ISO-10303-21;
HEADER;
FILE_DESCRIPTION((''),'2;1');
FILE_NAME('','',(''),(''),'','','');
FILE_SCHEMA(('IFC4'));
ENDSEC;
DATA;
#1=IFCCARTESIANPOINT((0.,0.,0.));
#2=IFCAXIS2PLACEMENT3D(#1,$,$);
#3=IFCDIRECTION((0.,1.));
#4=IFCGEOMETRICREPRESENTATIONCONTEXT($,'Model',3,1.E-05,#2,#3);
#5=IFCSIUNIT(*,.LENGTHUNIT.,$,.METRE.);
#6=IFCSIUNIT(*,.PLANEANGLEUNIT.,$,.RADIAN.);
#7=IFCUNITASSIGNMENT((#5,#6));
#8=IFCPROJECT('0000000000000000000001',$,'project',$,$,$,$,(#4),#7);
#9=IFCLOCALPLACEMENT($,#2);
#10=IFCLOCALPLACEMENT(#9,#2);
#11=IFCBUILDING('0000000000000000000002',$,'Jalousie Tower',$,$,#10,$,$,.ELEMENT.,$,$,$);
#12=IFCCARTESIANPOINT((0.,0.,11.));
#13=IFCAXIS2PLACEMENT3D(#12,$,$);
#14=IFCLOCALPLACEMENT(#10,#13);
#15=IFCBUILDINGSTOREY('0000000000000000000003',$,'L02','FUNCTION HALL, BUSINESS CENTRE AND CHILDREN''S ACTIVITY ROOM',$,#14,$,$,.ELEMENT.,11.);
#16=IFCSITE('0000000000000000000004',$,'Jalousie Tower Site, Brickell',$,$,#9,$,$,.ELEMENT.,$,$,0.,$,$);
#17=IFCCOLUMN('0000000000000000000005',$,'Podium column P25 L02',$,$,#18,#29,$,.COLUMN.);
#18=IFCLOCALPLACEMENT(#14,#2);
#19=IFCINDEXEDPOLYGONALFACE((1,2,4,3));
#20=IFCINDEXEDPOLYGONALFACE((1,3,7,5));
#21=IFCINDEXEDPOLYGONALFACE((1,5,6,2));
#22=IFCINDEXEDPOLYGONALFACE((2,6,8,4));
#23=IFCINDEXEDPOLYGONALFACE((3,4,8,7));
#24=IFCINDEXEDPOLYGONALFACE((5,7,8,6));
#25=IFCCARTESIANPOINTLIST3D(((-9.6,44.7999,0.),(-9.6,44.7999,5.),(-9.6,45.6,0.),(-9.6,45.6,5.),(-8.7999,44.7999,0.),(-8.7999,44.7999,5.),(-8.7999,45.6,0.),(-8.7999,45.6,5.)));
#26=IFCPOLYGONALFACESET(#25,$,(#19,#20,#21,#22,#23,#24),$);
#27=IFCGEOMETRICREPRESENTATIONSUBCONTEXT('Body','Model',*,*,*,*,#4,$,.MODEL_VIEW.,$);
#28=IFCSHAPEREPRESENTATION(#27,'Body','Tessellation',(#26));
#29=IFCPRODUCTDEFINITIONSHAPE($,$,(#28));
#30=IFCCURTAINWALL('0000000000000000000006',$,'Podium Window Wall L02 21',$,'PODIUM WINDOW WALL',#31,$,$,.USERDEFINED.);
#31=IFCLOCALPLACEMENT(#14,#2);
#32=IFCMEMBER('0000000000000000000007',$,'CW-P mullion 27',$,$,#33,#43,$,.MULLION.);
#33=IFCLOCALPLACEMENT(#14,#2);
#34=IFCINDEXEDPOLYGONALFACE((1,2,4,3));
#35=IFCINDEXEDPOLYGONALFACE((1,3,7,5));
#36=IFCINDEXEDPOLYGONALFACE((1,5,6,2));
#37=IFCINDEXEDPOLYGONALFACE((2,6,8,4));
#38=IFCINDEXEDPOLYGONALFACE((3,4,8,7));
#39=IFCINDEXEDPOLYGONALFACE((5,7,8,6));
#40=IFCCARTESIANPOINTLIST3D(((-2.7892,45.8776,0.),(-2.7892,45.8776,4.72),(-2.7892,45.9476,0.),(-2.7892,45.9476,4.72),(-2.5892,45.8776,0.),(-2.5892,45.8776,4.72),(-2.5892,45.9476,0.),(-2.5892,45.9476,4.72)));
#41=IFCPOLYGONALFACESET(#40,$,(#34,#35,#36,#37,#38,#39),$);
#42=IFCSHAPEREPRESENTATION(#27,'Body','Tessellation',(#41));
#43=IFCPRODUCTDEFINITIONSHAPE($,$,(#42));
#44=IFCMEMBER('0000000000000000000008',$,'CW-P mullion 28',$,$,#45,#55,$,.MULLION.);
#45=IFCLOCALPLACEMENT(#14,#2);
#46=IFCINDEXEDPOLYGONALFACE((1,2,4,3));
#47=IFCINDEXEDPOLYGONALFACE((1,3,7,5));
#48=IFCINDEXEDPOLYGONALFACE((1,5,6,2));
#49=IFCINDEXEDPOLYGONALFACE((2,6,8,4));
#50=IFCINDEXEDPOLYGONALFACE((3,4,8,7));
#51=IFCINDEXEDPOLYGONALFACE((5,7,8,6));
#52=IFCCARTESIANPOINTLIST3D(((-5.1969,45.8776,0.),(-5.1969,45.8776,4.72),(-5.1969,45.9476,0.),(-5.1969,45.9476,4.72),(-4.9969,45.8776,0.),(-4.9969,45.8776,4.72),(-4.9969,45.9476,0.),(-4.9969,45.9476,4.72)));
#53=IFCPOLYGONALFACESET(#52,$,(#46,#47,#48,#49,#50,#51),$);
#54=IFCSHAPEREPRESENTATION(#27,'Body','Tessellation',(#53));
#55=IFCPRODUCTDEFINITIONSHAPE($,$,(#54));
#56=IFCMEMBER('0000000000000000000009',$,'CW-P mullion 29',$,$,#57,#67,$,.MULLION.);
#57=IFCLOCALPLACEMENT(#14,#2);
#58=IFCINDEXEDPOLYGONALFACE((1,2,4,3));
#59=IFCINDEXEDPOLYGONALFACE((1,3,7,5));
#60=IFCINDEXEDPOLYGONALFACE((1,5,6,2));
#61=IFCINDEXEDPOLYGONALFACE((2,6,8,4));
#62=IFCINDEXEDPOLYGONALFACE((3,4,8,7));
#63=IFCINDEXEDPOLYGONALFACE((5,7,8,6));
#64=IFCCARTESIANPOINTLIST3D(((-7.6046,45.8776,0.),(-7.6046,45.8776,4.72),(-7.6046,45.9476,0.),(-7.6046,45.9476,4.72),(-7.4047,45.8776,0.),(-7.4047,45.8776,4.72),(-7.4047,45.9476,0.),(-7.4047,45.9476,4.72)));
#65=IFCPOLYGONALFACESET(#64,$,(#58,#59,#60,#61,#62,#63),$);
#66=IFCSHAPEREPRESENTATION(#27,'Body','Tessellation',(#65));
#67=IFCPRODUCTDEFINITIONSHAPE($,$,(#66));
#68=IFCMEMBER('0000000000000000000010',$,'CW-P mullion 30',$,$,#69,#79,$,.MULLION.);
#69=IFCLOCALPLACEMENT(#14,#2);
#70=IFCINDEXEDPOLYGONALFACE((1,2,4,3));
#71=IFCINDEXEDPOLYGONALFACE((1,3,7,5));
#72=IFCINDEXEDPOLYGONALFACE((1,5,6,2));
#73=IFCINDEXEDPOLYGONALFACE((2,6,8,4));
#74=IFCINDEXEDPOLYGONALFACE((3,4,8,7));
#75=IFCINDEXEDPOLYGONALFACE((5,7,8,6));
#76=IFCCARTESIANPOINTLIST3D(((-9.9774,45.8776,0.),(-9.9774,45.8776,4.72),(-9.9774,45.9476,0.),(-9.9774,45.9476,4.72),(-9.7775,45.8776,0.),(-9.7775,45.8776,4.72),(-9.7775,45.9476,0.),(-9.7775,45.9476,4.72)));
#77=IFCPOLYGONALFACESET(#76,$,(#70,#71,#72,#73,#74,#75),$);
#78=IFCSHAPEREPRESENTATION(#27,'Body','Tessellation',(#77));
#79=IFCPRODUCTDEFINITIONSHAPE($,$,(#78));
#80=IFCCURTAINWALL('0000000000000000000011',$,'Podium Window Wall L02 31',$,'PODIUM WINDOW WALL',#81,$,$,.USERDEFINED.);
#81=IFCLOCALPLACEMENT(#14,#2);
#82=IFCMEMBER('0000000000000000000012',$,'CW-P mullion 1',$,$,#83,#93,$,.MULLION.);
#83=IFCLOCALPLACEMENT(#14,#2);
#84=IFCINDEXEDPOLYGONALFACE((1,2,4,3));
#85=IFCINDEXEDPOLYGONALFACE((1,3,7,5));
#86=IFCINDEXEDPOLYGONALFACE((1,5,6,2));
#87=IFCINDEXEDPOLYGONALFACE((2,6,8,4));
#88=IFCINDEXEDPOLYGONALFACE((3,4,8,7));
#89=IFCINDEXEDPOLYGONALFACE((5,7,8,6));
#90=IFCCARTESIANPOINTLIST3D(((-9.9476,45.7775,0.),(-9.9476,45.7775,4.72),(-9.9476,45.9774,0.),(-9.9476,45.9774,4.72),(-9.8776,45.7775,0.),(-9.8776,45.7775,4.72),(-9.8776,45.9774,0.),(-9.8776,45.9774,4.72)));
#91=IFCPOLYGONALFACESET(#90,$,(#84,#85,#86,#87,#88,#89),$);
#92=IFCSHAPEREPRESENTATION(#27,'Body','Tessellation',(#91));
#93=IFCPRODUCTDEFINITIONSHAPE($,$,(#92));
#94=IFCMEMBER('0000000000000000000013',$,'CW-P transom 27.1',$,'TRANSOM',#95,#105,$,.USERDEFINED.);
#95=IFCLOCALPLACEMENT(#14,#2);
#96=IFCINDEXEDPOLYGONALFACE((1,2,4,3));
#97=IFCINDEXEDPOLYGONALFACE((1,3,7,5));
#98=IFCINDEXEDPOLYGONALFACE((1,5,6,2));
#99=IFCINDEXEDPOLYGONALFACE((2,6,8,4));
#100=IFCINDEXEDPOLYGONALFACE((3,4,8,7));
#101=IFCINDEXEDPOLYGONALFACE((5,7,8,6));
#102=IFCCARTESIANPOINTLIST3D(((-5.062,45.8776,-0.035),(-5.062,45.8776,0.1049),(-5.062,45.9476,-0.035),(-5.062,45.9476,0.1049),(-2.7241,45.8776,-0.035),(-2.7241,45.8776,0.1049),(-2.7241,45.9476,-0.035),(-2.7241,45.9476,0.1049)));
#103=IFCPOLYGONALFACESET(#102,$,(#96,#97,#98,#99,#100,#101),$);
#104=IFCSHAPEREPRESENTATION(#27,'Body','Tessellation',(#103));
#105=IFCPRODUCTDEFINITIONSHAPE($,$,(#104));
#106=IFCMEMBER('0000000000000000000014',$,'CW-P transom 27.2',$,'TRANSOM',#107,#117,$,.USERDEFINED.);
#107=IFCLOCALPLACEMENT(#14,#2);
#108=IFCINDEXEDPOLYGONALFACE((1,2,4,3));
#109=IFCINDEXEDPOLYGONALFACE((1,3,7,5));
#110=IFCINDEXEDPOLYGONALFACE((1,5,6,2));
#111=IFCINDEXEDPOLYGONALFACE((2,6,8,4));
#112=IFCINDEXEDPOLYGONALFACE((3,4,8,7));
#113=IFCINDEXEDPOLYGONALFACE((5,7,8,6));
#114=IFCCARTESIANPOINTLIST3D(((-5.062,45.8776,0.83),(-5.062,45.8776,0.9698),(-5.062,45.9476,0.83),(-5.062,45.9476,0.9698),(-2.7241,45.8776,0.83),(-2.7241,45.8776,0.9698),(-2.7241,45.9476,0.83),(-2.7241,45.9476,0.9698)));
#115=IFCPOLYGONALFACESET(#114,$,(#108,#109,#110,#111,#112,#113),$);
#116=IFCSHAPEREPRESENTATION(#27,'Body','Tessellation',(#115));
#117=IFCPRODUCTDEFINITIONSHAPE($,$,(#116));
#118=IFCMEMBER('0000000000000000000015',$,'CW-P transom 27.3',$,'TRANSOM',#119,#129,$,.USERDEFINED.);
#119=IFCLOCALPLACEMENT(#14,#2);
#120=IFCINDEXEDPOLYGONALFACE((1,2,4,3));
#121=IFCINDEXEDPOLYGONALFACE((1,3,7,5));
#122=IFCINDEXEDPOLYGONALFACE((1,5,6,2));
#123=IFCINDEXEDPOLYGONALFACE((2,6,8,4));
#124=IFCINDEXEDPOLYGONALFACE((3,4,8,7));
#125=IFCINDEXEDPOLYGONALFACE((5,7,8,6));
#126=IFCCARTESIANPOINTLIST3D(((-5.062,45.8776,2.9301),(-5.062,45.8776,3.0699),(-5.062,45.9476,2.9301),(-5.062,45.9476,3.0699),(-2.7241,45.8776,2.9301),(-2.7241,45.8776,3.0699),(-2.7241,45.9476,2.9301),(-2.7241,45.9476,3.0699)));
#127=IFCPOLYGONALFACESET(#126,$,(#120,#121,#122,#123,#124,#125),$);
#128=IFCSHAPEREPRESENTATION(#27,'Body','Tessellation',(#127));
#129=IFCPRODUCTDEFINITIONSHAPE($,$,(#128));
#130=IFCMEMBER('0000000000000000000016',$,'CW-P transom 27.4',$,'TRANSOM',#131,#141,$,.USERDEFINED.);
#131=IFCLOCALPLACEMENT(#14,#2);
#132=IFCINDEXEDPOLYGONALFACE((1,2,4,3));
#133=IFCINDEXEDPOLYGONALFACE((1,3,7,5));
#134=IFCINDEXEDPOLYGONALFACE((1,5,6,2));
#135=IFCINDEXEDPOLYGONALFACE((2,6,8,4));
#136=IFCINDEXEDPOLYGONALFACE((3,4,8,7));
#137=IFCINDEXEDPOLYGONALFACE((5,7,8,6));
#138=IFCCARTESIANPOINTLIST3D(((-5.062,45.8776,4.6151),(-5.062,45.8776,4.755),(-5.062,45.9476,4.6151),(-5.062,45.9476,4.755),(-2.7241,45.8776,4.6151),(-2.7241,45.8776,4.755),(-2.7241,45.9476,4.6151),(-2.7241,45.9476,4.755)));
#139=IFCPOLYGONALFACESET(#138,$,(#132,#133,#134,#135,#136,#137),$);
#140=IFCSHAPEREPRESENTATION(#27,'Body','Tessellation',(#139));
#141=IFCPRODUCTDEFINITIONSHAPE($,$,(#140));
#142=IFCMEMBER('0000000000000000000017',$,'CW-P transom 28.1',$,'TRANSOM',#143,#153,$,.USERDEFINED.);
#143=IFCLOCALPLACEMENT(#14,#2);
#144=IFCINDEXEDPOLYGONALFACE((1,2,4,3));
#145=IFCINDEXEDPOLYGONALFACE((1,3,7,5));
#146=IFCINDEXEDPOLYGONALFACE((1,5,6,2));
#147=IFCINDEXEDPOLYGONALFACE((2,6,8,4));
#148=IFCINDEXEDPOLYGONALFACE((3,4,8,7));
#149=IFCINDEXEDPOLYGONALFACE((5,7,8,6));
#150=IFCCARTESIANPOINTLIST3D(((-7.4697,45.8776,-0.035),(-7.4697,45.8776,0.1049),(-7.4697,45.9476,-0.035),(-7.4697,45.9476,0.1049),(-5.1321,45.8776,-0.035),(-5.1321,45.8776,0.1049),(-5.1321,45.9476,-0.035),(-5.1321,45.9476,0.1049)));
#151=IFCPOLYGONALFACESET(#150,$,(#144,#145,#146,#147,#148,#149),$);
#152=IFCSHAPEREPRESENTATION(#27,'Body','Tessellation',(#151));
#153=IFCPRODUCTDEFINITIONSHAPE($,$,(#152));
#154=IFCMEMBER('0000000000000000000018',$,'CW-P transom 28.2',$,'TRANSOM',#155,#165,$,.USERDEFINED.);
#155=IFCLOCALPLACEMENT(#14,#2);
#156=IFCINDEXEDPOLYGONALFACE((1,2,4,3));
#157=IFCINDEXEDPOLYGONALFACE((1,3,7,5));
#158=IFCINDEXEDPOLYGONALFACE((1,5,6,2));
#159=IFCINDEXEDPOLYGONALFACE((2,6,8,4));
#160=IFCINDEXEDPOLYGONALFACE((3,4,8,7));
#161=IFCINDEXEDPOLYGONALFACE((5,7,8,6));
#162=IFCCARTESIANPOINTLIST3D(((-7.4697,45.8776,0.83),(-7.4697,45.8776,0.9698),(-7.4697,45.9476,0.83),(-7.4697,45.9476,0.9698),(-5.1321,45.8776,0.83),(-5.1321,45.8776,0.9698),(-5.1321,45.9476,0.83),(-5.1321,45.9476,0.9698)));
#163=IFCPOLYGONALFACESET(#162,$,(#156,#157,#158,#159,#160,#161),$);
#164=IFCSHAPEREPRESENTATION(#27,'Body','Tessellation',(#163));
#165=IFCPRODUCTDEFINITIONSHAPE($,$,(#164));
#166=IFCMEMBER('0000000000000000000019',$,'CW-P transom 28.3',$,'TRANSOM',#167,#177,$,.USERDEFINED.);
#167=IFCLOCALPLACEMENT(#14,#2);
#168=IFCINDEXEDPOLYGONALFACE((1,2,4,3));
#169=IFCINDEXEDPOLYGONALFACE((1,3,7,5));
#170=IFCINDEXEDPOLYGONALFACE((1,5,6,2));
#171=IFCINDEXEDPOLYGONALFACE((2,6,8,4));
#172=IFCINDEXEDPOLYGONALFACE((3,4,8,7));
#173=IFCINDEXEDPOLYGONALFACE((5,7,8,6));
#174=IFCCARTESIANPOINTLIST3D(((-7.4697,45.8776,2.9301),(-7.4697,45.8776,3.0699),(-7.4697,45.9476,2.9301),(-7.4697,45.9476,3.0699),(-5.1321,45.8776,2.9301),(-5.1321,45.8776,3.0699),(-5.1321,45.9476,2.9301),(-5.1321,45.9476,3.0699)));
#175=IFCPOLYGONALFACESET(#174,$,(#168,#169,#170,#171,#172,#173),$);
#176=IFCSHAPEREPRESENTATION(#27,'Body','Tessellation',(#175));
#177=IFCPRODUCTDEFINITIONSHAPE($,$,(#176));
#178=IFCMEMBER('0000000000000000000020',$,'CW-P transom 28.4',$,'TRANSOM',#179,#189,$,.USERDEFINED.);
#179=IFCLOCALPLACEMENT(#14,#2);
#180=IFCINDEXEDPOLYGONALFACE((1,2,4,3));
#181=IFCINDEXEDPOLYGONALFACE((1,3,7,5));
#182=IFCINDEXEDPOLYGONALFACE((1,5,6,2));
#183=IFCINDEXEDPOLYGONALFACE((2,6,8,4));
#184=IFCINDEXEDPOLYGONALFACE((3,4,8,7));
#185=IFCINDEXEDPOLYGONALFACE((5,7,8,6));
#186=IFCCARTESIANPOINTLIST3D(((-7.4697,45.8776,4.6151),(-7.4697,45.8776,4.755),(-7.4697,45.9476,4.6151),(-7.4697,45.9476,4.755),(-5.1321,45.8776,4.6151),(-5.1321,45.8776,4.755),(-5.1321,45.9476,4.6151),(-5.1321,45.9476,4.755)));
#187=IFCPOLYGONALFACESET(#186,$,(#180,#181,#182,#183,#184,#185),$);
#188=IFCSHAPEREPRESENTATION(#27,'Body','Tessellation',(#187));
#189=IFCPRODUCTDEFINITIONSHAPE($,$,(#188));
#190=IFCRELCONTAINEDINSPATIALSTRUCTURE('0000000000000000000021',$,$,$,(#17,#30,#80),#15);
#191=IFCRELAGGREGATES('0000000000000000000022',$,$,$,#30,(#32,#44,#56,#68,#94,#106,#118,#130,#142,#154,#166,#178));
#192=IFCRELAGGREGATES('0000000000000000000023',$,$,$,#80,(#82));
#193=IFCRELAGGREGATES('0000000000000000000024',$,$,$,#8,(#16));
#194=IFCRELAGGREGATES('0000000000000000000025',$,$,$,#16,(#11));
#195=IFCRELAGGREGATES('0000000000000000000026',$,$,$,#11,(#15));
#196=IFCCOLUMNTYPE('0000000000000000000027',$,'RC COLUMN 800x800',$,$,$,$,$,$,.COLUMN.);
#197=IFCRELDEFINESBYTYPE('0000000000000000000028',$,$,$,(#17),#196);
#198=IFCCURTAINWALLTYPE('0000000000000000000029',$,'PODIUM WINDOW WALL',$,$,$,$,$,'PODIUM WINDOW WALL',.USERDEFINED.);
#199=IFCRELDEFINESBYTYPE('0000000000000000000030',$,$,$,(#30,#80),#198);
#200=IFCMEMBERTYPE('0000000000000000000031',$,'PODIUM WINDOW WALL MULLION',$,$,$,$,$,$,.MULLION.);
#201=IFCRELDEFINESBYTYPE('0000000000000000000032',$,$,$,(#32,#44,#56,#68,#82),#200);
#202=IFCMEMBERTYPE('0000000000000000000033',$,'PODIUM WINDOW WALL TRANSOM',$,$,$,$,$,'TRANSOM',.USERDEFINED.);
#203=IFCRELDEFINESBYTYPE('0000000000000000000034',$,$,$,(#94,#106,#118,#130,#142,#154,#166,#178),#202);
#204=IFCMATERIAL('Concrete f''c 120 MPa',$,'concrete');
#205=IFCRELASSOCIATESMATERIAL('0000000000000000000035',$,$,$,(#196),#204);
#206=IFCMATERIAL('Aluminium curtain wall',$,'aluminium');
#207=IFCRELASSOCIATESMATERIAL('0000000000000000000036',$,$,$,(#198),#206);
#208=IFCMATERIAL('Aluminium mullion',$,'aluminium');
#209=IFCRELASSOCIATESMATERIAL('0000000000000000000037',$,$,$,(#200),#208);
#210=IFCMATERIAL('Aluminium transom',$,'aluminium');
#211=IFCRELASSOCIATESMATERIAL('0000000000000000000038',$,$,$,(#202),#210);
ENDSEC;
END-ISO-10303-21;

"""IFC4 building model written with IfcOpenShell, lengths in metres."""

from ifc_helpers import new_model, si_unit, direction, frame, origin, origin_2d, place, context, subcontext, project, spatial, rectangle, extrude, material, material_profile, profile_set, type_object, element, aggregate, save


model = new_model("IFC4")

# Units and contexts
model_context = context("Model", 3, precision=1e-05, world=origin(), true_north=direction((0.0, 1.0)))
body_context = subcontext(model_context, "Body", "Model", "MODEL_VIEW")
ifc_project = project(units=[si_unit("LENGTHUNIT", "METRE"), si_unit("PLANEANGLEUNIT", "RADIAN")], contexts=[model_context])

# Site, building, storey
site_placement = place(None, origin())
site = spatial("IfcSite", under=ifc_project, at=site_placement, Name="Jalousie Tower Site, Brickell", CompositionType="ELEMENT", RefElevation=0.0)
building_placement = place(site_placement, origin())
building = spatial("IfcBuilding", under=site, at=building_placement, Name="Jalousie Tower", CompositionType="ELEMENT")
storey_placement = place(building_placement, frame((0.0, 0.0, 11.0)))
storey = spatial("IfcBuildingStorey", under=building, at=storey_placement, Name="L02", Description="FUNCTION HALL, BUSINESS CENTRE AND CHILDREN'S ACTIVITY ROOM", CompositionType="ELEMENT", Elevation=11.0)

# Column
ifc_material_1 = material(Name="Concrete f'c 120 MPa", Category="concrete")
ifc_material_profile_1 = material_profile(ifc_material_1, rectangle(XDim=0.8, YDim=0.8, at=origin_2d()), Name="RC 800x800")
ifc_profile_set_1 = profile_set([ifc_material_profile_1], Name="Concrete f'c 120 MPa")
column_type = type_object("IfcColumnType", Name="RC COLUMN 800x800", PredefinedType="COLUMN", material=ifc_profile_set_1)
column_placement = place(storey_placement, frame((-9.2, 45.2, 0.0), z_axis=(0.0, 0.0, 1.0), x_axis=(1.0, 0.0, 0.0)))
element("IfcColumn", 1, at=column_placement, inside=storey, type_object=column_type, Name="Podium column P25 L02", PredefinedType="COLUMN", context=body_context, shape_type="SweptSolid", body=[
    extrude(rectangle(XDim=0.8, YDim=0.8, at=origin_2d()), origin(), (0.0, 0.0, 1.0), 5.0),
])

# Curtain wall, members
ifc_material_2 = material(Name="Aluminium curtain wall", Category="aluminium")
curtain_wall_type = type_object("IfcCurtainWallType", Name="PODIUM WINDOW WALL", ElementType="PODIUM WINDOW WALL", PredefinedType="USERDEFINED", material=ifc_material_2)
curtain_wall_1_placement = place(storey_placement, origin())
curtain_wall_1 = element("IfcCurtainWall", 2, at=curtain_wall_1_placement, inside=storey, type_object=curtain_wall_type, Name="Podium Window Wall L02 21", ObjectType="PODIUM WINDOW WALL", PredefinedType="USERDEFINED")
ifc_material_3 = material(Name="Aluminium mullion", Category="aluminium")
ifc_material_profile_2 = material_profile(ifc_material_3, rectangle(XDim=0.0701, YDim=0.2, at=origin_2d()), Name="MULLION 70x200")
ifc_profile_set_2 = profile_set([ifc_material_profile_2], Name="Aluminium mullion")
member_type_1 = type_object("IfcMemberType", Name="PODIUM WINDOW WALL MULLION", PredefinedType="MULLION", material=ifc_profile_set_2)
member_1_placement = place(storey_placement, frame((-2.6892, 45.9126, 0.0), z_axis=(0.0, 0.0, 1.0), x_axis=(0.0, -1.0, 0.0)))
member_1 = element("IfcMember", 3, at=member_1_placement, type_object=member_type_1, Name="CW-P mullion 27", PredefinedType="MULLION", context=body_context, shape_type="SweptSolid", body=[
    extrude(rectangle(XDim=0.0701, YDim=0.2, at=origin_2d()), origin(), (0.0, 0.0, 1.0), 4.72),
])
member_2_placement = place(storey_placement, frame((-5.0969, 45.9126, 0.0), z_axis=(0.0, 0.0, 1.0), x_axis=(0.0, -1.0, 0.0)))
member_2 = element("IfcMember", 4, at=member_2_placement, type_object=member_type_1, Name="CW-P mullion 28", PredefinedType="MULLION", context=body_context, shape_type="SweptSolid", body=[
    extrude(rectangle(XDim=0.0701, YDim=0.2, at=origin_2d()), origin(), (0.0, 0.0, 1.0), 4.72),
])
member_3_placement = place(storey_placement, frame((-7.5046, 45.9126, 0.0), z_axis=(0.0, 0.0, 1.0), x_axis=(0.0, -1.0, 0.0)))
member_3 = element("IfcMember", 5, at=member_3_placement, type_object=member_type_1, Name="CW-P mullion 29", PredefinedType="MULLION", context=body_context, shape_type="SweptSolid", body=[
    extrude(rectangle(XDim=0.0701, YDim=0.2, at=origin_2d()), origin(), (0.0, 0.0, 1.0), 4.72),
])
member_4_placement = place(storey_placement, frame((-9.8774, 45.9126, 0.0), z_axis=(0.0, 0.0, 1.0), x_axis=(0.0, -1.0, 0.0)))
member_4 = element("IfcMember", 6, at=member_4_placement, type_object=member_type_1, Name="CW-P mullion 30", PredefinedType="MULLION", context=body_context, shape_type="SweptSolid", body=[
    extrude(rectangle(XDim=0.0701, YDim=0.2, at=origin_2d()), origin(), (0.0, 0.0, 1.0), 4.72),
])

# Curtain wall, member
curtain_wall_2_placement = place(storey_placement, origin())
curtain_wall_2 = element("IfcCurtainWall", 7, at=curtain_wall_2_placement, inside=storey, type_object=curtain_wall_type, Name="Podium Window Wall L02 31", ObjectType="PODIUM WINDOW WALL", PredefinedType="USERDEFINED")
member_5_placement = place(storey_placement, frame((-9.9126, 45.8774, 0.0), z_axis=(0.0, 0.0, 1.0), x_axis=(1.0, 0.0, 0.0)))
member_5 = element("IfcMember", 8, at=member_5_placement, type_object=member_type_1, Name="CW-P mullion 1", PredefinedType="MULLION", context=body_context, shape_type="SweptSolid", body=[
    extrude(rectangle(XDim=0.0701, YDim=0.2, at=origin_2d()), origin(), (0.0, 0.0, 1.0), 4.72),
])

# Members
ifc_material_4 = material(Name="Aluminium transom", Category="aluminium")
ifc_material_profile_3 = material_profile(ifc_material_4, rectangle(XDim=0.0701, YDim=0.1399, at=origin_2d()), Name="TRANSOM 70x140")
ifc_profile_set_3 = profile_set([ifc_material_profile_3], Name="Aluminium transom")
member_type_2 = type_object("IfcMemberType", Name="PODIUM WINDOW WALL TRANSOM", ElementType="TRANSOM", PredefinedType="USERDEFINED", material=ifc_profile_set_3)
member_6_placement = place(storey_placement, frame((-2.7241, 45.9126, 0.0349), z_axis=(-1.0, 0.0, 0.0), x_axis=(0.0, -1.0, 0.0)))
member_6 = element("IfcMember", 9, at=member_6_placement, type_object=member_type_2, Name="CW-P transom 27.1", ObjectType="TRANSOM", PredefinedType="USERDEFINED", context=body_context, shape_type="SweptSolid", body=[
    extrude(rectangle(XDim=0.0701, YDim=0.1399, at=origin_2d()), origin(), (0.0, 0.0, 1.0), 2.3379),
])
member_7_placement = place(storey_placement, frame((-2.7241, 45.9126, 0.8999), z_axis=(-1.0, 0.0, 0.0), x_axis=(0.0, -1.0, 0.0)))
member_7 = element("IfcMember", 10, at=member_7_placement, type_object=member_type_2, Name="CW-P transom 27.2", ObjectType="TRANSOM", PredefinedType="USERDEFINED", context=body_context, shape_type="SweptSolid", body=[
    extrude(rectangle(XDim=0.0701, YDim=0.1399, at=origin_2d()), origin(), (0.0, 0.0, 1.0), 2.3379),
])
member_8_placement = place(storey_placement, frame((-2.7241, 45.9126, 3.0), z_axis=(-1.0, 0.0, 0.0), x_axis=(0.0, -1.0, 0.0)))
member_8 = element("IfcMember", 11, at=member_8_placement, type_object=member_type_2, Name="CW-P transom 27.3", ObjectType="TRANSOM", PredefinedType="USERDEFINED", context=body_context, shape_type="SweptSolid", body=[
    extrude(rectangle(XDim=0.0701, YDim=0.1399, at=origin_2d()), origin(), (0.0, 0.0, 1.0), 2.3379),
])
member_9_placement = place(storey_placement, frame((-2.7241, 45.9126, 4.6851), z_axis=(-1.0, 0.0, 0.0), x_axis=(0.0, -1.0, 0.0)))
member_9 = element("IfcMember", 12, at=member_9_placement, type_object=member_type_2, Name="CW-P transom 27.4", ObjectType="TRANSOM", PredefinedType="USERDEFINED", context=body_context, shape_type="SweptSolid", body=[
    extrude(rectangle(XDim=0.0701, YDim=0.1399, at=origin_2d()), origin(), (0.0, 0.0, 1.0), 2.3379),
])
member_10_placement = place(storey_placement, frame((-5.1321, 45.9126, 0.0349), z_axis=(-1.0, 0.0, 0.0), x_axis=(0.0, -1.0, 0.0)))
member_10 = element("IfcMember", 13, at=member_10_placement, type_object=member_type_2, Name="CW-P transom 28.1", ObjectType="TRANSOM", PredefinedType="USERDEFINED", context=body_context, shape_type="SweptSolid", body=[
    extrude(rectangle(XDim=0.0701, YDim=0.1399, at=origin_2d()), origin(), (0.0, 0.0, 1.0), 2.3376),
])
member_11_placement = place(storey_placement, frame((-5.1321, 45.9126, 0.8999), z_axis=(-1.0, 0.0, 0.0), x_axis=(0.0, -1.0, 0.0)))
member_11 = element("IfcMember", 14, at=member_11_placement, type_object=member_type_2, Name="CW-P transom 28.2", ObjectType="TRANSOM", PredefinedType="USERDEFINED", context=body_context, shape_type="SweptSolid", body=[
    extrude(rectangle(XDim=0.0701, YDim=0.1399, at=origin_2d()), origin(), (0.0, 0.0, 1.0), 2.3376),
])
member_12_placement = place(storey_placement, frame((-5.1321, 45.9126, 3.0), z_axis=(-1.0, 0.0, 0.0), x_axis=(0.0, -1.0, 0.0)))
member_12 = element("IfcMember", 15, at=member_12_placement, type_object=member_type_2, Name="CW-P transom 28.3", ObjectType="TRANSOM", PredefinedType="USERDEFINED", context=body_context, shape_type="SweptSolid", body=[
    extrude(rectangle(XDim=0.0701, YDim=0.1399, at=origin_2d()), origin(), (0.0, 0.0, 1.0), 2.3376),
])
member_13_placement = place(storey_placement, frame((-5.1321, 45.9126, 4.6851), z_axis=(-1.0, 0.0, 0.0), x_axis=(0.0, -1.0, 0.0)))
member_13 = element("IfcMember", 16, at=member_13_placement, type_object=member_type_2, Name="CW-P transom 28.4", ObjectType="TRANSOM", PredefinedType="USERDEFINED", context=body_context, shape_type="SweptSolid", body=[
    extrude(rectangle(XDim=0.0701, YDim=0.1399, at=origin_2d()), origin(), (0.0, 0.0, 1.0), 2.3376),
])

aggregate(curtain_wall_1, [member_1, member_2, member_3, member_4, member_6, member_7, member_8, member_9, member_10, member_11, member_12, member_13])
aggregate(curtain_wall_2, [member_5])

save(model, "model.ifc")
